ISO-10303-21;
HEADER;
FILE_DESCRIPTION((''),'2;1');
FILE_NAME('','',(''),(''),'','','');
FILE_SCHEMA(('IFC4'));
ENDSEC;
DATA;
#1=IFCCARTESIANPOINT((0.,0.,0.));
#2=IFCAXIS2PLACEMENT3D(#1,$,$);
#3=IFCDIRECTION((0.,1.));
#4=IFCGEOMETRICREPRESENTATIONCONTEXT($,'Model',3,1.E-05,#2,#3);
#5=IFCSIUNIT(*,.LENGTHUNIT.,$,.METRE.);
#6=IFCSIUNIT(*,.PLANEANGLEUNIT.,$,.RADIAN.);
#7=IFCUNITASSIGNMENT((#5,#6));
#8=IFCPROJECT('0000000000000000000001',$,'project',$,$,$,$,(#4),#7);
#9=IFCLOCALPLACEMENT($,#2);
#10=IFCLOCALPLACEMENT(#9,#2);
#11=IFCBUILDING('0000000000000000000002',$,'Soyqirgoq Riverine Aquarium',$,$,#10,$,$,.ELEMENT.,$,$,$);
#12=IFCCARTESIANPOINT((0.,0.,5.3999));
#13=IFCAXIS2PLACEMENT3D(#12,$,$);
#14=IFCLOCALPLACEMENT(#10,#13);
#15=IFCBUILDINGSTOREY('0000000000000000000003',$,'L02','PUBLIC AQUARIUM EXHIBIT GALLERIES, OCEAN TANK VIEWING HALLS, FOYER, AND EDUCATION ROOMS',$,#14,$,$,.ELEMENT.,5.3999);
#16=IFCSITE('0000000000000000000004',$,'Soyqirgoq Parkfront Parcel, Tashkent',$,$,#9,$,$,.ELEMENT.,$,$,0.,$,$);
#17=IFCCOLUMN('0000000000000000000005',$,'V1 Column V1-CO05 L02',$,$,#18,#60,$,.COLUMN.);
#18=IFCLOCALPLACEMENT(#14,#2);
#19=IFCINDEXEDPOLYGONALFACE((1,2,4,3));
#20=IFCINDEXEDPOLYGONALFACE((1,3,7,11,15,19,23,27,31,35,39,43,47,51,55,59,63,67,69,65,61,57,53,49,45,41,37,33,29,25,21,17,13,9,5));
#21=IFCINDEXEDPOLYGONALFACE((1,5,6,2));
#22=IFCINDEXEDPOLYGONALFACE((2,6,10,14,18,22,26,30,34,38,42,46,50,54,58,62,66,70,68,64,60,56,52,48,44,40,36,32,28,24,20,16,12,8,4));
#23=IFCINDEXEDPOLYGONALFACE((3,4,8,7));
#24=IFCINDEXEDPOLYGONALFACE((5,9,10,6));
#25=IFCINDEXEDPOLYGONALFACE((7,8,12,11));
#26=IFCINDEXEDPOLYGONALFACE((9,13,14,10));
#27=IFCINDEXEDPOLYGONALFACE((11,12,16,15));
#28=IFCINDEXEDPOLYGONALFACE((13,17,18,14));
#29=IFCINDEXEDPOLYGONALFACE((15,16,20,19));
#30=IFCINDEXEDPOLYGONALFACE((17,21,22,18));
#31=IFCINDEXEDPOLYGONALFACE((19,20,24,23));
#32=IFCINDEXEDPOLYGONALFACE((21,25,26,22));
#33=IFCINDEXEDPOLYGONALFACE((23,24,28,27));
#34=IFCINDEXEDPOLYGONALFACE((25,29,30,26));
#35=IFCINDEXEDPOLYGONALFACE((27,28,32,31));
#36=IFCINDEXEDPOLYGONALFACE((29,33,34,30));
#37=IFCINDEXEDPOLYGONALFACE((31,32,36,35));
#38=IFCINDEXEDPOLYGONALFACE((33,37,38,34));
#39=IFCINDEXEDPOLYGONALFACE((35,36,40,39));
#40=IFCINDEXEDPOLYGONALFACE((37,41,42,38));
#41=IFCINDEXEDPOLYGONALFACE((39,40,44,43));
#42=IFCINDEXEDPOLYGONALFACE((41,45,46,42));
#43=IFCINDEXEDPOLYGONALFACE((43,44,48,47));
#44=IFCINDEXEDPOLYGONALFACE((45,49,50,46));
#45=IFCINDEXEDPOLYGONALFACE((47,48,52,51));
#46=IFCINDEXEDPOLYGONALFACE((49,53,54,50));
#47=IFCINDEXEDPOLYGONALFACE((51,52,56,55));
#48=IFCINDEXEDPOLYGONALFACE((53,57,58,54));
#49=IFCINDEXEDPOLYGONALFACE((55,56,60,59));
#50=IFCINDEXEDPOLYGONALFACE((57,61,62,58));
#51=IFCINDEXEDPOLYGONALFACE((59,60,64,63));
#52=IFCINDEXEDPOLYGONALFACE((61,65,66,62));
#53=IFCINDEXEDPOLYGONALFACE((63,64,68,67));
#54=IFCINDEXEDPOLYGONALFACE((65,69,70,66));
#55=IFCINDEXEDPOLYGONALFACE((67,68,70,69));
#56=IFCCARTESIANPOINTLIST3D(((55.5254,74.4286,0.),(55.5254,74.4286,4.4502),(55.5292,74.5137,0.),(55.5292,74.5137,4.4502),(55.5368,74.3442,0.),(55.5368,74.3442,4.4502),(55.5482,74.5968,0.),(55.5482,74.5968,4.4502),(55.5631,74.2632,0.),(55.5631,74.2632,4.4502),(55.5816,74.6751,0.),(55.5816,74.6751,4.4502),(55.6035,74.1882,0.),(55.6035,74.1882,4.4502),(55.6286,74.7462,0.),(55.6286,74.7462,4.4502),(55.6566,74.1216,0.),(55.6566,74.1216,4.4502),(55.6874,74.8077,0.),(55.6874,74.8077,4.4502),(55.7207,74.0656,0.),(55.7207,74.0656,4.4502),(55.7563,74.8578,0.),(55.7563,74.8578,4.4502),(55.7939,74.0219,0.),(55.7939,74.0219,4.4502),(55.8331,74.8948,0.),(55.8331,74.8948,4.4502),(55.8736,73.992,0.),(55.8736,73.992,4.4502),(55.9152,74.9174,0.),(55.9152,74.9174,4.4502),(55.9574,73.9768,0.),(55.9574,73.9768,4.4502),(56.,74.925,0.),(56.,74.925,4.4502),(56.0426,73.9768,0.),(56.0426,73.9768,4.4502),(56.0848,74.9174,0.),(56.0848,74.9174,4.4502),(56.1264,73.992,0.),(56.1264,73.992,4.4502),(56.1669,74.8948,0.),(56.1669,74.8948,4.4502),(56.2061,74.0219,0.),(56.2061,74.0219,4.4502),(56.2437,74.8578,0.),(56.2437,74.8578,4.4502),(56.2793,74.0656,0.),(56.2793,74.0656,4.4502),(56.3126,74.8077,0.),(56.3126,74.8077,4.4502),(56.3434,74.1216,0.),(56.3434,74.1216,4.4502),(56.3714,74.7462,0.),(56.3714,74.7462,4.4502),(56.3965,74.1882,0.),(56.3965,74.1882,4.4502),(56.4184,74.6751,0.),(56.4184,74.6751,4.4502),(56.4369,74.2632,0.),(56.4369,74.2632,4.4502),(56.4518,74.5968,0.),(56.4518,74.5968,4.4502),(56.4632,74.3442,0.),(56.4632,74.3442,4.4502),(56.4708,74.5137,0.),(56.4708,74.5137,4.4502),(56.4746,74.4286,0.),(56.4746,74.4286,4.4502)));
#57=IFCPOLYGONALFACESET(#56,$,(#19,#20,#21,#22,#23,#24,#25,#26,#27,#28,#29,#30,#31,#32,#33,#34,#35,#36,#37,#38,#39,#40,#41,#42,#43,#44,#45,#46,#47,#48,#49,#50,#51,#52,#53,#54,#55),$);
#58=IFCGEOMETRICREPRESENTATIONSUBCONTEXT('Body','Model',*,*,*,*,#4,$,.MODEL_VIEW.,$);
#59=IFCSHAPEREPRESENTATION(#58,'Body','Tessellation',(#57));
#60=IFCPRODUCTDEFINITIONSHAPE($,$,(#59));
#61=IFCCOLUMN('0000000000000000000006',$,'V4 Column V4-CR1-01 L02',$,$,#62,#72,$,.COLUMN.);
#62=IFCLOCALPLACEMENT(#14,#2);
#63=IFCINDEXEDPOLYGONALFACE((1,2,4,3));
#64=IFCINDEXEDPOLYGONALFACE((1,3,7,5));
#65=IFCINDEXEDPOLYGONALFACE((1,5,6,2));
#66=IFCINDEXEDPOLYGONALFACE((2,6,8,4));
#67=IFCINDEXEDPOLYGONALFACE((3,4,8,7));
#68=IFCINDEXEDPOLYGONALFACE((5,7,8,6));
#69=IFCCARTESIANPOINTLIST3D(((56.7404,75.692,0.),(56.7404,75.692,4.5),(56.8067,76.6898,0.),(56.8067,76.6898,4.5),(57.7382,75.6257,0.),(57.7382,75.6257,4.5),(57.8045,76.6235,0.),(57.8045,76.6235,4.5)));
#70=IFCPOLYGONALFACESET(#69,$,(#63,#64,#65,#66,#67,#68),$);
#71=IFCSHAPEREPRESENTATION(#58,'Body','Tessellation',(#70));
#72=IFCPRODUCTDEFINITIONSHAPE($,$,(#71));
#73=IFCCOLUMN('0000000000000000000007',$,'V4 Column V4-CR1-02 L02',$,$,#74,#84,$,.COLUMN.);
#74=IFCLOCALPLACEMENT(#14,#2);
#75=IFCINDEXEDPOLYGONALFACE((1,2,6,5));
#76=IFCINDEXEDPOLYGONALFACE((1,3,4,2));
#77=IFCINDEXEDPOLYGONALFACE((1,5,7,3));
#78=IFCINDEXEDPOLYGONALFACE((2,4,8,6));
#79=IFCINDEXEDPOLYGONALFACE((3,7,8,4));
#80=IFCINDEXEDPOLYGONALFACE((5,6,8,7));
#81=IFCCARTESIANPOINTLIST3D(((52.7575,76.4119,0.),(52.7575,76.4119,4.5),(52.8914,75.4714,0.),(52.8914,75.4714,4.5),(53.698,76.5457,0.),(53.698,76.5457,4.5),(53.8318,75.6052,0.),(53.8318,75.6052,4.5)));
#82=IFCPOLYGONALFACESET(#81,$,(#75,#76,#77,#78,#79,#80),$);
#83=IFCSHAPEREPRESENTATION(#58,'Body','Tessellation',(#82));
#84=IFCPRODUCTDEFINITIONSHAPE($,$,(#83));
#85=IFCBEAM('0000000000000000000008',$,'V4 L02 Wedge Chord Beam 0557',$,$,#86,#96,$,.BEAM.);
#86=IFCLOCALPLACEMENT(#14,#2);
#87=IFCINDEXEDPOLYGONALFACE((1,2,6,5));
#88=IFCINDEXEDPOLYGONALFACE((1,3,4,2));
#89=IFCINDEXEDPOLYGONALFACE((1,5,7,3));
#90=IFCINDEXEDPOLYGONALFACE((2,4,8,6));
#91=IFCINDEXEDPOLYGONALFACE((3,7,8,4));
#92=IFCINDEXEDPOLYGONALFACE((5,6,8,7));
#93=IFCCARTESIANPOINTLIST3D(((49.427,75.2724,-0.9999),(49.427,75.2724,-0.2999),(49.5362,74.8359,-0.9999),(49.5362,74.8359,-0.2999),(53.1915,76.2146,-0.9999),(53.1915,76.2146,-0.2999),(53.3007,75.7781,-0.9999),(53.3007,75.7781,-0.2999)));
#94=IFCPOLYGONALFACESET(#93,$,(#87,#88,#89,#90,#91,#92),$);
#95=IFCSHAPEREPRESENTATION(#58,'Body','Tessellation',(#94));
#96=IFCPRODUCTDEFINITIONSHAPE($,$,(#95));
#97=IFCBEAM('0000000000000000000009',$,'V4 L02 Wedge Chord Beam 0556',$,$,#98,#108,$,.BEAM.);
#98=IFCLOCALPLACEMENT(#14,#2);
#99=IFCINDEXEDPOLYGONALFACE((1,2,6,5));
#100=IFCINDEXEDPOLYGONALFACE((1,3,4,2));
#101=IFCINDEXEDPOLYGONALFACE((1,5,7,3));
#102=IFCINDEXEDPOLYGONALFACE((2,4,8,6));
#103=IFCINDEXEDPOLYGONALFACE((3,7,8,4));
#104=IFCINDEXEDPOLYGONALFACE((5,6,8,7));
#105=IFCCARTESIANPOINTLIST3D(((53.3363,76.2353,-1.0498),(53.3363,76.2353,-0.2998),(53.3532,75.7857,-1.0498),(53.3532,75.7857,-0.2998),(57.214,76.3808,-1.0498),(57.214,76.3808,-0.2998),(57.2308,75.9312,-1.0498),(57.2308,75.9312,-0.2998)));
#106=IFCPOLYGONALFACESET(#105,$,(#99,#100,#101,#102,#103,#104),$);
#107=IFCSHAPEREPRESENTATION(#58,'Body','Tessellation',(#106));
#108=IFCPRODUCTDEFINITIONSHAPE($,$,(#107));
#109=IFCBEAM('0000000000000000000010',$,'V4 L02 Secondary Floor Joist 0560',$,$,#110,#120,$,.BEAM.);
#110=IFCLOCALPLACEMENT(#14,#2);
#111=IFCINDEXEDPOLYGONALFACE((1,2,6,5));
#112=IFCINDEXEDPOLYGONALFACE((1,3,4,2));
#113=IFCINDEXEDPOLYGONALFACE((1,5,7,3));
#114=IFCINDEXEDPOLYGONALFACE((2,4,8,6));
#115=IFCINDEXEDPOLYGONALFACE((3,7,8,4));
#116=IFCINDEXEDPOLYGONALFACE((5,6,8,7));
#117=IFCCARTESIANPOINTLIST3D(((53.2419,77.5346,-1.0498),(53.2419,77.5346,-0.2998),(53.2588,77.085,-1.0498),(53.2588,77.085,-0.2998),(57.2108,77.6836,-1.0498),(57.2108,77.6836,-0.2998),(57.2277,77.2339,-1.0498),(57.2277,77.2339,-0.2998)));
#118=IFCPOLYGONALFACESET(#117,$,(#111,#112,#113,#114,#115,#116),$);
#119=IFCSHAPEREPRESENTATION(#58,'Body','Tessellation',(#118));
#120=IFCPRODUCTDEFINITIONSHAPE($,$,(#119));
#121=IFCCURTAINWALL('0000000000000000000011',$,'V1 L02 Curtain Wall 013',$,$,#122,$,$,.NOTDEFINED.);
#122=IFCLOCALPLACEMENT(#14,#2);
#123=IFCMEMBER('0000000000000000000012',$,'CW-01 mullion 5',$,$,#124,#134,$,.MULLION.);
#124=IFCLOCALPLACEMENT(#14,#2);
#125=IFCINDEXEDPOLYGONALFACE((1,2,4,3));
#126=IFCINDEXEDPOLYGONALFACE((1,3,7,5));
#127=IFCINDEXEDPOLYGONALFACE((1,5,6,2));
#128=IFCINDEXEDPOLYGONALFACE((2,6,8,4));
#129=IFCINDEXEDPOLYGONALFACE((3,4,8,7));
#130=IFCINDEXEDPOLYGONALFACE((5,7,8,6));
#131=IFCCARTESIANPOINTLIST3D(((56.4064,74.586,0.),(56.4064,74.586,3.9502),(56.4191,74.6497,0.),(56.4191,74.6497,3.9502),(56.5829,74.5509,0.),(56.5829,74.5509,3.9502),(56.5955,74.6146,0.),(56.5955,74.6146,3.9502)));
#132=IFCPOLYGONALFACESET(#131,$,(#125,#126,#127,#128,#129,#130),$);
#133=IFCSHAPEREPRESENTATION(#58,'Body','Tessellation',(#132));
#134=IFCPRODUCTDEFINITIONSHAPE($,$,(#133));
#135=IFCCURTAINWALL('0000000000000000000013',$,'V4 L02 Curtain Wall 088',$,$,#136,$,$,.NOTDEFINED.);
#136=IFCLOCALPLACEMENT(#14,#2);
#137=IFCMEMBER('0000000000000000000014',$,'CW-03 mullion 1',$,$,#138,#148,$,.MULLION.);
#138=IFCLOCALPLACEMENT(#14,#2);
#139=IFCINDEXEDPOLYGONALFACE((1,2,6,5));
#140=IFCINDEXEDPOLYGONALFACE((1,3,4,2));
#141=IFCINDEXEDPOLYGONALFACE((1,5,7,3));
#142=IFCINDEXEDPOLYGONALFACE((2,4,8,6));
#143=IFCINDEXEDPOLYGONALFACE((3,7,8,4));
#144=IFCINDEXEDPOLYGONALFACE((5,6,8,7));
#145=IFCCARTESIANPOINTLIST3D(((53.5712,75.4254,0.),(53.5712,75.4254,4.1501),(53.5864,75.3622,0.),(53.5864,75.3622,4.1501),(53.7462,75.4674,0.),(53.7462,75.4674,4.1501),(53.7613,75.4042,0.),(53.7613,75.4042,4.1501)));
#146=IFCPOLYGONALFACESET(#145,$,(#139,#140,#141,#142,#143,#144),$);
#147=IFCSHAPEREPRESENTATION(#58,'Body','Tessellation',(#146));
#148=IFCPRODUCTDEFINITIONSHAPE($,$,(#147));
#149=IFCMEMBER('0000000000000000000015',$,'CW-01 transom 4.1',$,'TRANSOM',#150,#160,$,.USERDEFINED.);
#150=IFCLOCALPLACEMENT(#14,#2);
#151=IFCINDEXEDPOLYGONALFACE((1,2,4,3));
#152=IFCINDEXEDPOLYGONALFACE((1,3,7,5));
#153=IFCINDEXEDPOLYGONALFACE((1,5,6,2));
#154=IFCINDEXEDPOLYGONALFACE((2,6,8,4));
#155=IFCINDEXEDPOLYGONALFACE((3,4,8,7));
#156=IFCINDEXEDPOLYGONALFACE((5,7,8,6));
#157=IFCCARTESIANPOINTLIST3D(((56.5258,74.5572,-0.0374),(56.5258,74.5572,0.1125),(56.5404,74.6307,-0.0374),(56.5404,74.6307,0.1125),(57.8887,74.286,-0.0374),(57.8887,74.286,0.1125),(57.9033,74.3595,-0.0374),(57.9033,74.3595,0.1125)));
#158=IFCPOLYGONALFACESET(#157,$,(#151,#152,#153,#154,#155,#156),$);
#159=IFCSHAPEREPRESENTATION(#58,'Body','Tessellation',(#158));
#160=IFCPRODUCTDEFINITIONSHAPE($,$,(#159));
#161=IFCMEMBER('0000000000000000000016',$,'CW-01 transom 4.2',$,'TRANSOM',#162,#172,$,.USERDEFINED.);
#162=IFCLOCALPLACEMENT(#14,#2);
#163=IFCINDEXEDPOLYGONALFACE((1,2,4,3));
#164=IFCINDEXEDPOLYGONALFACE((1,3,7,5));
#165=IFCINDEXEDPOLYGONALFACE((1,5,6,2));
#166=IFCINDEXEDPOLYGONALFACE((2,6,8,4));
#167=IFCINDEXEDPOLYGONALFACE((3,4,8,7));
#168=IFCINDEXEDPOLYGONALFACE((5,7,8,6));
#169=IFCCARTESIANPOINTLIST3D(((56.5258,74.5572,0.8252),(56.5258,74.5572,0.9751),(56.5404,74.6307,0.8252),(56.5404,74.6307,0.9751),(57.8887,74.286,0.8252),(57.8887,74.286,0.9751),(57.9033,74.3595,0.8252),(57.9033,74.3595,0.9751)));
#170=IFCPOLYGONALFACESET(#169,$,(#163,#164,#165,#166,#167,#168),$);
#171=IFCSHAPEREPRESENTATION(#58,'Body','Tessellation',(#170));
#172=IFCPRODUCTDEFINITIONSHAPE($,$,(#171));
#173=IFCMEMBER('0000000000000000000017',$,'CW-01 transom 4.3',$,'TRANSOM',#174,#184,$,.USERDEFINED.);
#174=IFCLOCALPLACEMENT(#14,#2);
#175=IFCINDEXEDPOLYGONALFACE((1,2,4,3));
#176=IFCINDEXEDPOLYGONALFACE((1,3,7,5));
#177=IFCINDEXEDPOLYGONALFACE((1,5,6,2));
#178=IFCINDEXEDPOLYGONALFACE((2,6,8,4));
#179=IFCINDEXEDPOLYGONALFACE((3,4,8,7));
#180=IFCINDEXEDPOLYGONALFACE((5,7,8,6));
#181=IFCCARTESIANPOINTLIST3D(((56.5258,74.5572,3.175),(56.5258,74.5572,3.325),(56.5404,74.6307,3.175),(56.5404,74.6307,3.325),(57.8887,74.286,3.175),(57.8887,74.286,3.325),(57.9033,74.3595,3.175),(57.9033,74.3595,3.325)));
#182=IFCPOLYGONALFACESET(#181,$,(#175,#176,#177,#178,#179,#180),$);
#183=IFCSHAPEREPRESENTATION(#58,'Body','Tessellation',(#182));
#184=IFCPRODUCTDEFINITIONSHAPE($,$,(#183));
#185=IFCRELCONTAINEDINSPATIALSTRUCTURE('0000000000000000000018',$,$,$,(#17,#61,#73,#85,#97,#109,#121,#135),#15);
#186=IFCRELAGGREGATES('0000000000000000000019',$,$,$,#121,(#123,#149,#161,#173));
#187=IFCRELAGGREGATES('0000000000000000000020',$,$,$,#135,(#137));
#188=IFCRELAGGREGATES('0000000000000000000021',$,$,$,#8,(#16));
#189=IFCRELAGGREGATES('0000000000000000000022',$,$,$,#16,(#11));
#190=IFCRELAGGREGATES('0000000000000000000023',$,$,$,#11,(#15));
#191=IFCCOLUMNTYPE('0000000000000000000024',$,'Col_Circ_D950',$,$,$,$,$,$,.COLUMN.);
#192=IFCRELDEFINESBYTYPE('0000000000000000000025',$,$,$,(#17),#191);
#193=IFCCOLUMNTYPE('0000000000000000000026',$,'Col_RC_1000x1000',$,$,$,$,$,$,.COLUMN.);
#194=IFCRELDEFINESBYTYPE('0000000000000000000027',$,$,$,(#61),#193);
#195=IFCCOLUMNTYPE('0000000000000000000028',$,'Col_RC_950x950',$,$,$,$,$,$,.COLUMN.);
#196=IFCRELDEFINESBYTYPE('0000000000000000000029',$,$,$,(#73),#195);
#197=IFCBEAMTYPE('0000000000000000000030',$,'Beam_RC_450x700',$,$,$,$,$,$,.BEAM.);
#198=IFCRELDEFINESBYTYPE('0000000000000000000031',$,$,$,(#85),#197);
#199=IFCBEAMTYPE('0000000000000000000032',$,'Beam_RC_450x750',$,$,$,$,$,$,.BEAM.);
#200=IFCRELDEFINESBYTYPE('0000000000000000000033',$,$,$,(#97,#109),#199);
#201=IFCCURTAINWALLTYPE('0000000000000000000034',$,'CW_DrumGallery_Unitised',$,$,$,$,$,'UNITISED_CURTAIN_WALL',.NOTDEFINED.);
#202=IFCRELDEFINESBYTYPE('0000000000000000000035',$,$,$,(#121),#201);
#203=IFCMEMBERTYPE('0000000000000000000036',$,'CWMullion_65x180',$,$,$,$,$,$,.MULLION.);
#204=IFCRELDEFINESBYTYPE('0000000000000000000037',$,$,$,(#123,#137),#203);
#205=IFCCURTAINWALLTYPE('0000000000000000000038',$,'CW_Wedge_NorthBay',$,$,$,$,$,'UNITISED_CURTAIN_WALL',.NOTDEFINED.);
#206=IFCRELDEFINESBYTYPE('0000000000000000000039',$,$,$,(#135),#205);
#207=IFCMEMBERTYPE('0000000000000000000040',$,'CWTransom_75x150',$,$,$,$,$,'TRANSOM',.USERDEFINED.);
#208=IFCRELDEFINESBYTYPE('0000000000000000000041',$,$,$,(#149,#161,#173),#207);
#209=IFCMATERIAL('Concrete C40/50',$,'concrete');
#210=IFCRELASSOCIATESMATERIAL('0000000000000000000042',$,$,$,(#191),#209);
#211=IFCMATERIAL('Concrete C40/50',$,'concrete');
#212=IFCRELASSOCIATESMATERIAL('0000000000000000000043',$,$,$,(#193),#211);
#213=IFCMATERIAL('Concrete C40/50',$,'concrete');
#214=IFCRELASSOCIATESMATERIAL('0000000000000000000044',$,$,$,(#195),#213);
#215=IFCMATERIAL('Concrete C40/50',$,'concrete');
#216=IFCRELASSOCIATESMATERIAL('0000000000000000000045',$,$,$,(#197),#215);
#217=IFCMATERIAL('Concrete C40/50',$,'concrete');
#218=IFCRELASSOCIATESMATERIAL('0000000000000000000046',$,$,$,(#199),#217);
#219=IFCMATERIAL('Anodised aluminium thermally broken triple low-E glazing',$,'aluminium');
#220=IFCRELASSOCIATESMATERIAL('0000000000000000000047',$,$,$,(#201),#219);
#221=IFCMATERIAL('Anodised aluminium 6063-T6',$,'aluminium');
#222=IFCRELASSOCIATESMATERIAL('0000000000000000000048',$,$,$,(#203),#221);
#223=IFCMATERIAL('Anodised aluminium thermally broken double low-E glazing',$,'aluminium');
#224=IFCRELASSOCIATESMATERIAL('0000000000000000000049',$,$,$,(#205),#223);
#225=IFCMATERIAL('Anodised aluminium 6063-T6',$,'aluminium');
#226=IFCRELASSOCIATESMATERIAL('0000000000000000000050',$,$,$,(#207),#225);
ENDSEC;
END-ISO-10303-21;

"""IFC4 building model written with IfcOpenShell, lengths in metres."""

from ifc_helpers import new_model, si_unit, direction, frame, origin, origin_2d, place, context, subcontext, project, spatial, rectangle, circle, extrude, material, material_profile, profile_set, type_object, element, aggregate, save


model = new_model("IFC4")

# Units and contexts
model_context = context("Model", 3, precision=1e-05, world=origin(), true_north=direction((0.0, 1.0)))
body_context = subcontext(model_context, "Body", "Model", "MODEL_VIEW")
ifc_project = project(units=[si_unit("LENGTHUNIT", "METRE"), si_unit("PLANEANGLEUNIT", "RADIAN")], contexts=[model_context])

# Site, building, storey
site_placement = place(None, origin())
site = spatial("IfcSite", under=ifc_project, at=site_placement, Name="Soyqirgoq Parkfront Parcel, Tashkent", CompositionType="ELEMENT", RefElevation=0.0)
building_placement = place(site_placement, origin())
building = spatial("IfcBuilding", under=site, at=building_placement, Name="Soyqirgoq Riverine Aquarium", CompositionType="ELEMENT")
storey_placement = place(building_placement, frame((0.0, 0.0, 5.3999)))
storey = spatial("IfcBuildingStorey", under=building, at=storey_placement, Name="L02", Description="PUBLIC AQUARIUM EXHIBIT GALLERIES, OCEAN TANK VIEWING HALLS, FOYER, AND EDUCATION ROOMS", CompositionType="ELEMENT", Elevation=5.3999)

# Columns
ifc_material_1 = material(Name="Concrete C40/50", Category="concrete")
ifc_material_profile_1 = material_profile(ifc_material_1, circle(Radius=0.4751, at=origin_2d()), Name="RC-COL D950")
ifc_profile_set_1 = profile_set([ifc_material_profile_1], Name="Concrete C40/50")
column_type_1 = type_object("IfcColumnType", Name="Col_Circ_D950", PredefinedType="COLUMN", material=ifc_profile_set_1)
column_1_placement = place(storey_placement, frame((56.0, 74.45, 0.0), z_axis=(0.0, 0.0, 1.0), x_axis=(0.0, 1.0, 0.0)))
element("IfcColumn", 1, at=column_1_placement, inside=storey, type_object=column_type_1, Name="V1 Column V1-CO05 L02", PredefinedType="COLUMN", context=body_context, shape_type="SweptSolid", body=[
    extrude(circle(Radius=0.4751, at=origin_2d()), origin(), (0.0, 0.0, 1.0), 4.4502),
])
ifc_material_2 = material(Name="Concrete C40/50", Category="concrete")
ifc_material_profile_2 = material_profile(ifc_material_2, rectangle(XDim=1.0, YDim=1.0, at=origin_2d()), Name="RC 1000x1000")
ifc_profile_set_2 = profile_set([ifc_material_profile_2], Name="Concrete C40/50")
column_type_2 = type_object("IfcColumnType", Name="Col_RC_1000x1000", PredefinedType="COLUMN", material=ifc_profile_set_2)
column_2_placement = place(storey_placement, frame((57.2725, 76.1577, 0.0), z_axis=(0.0, 0.0, 1.0), x_axis=(0.066274, 0.997801, 0.0)))
element("IfcColumn", 2, at=column_2_placement, inside=storey, type_object=column_type_2, Name="V4 Column V4-CR1-01 L02", PredefinedType="COLUMN", context=body_context, shape_type="SweptSolid", body=[
    extrude(rectangle(XDim=1.0, YDim=1.0, at=origin_2d()), origin(), (0.0, 0.0, 1.0), 4.5),
])
ifc_material_3 = material(Name="Concrete C40/50", Category="concrete")
ifc_material_profile_3 = material_profile(ifc_material_3, rectangle(XDim=0.95, YDim=0.95, at=origin_2d()), Name="RC 950x950")
ifc_profile_set_3 = profile_set([ifc_material_profile_3], Name="Concrete C40/50")
column_type_3 = type_object("IfcColumnType", Name="Col_RC_950x950", PredefinedType="COLUMN", material=ifc_profile_set_3)
column_3_placement = place(storey_placement, frame((53.2947, 76.0085, 0.0), z_axis=(0.0, 0.0, 1.0), x_axis=(-0.140901, 0.990024, 0.0)))
element("IfcColumn", 3, at=column_3_placement, inside=storey, type_object=column_type_3, Name="V4 Column V4-CR1-02 L02", PredefinedType="COLUMN", context=body_context, shape_type="SweptSolid", body=[
    extrude(rectangle(XDim=0.95, YDim=0.95, at=origin_2d()), origin(), (0.0, 0.0, 1.0), 4.5),
])

# Beams
ifc_material_4 = material(Name="Concrete C40/50", Category="concrete")
ifc_material_profile_4 = material_profile(ifc_material_4, rectangle(XDim=0.45, YDim=0.7, at=origin_2d()), Name="RC 450x700")
ifc_profile_set_4 = profile_set([ifc_material_profile_4], Name="Concrete C40/50")
beam_type_1 = type_object("IfcBeamType", Name="Beam_RC_450x700", PredefinedType="BEAM", material=ifc_profile_set_4)
beam_1_placement = place(storey_placement, frame((53.2461, 75.9963, -0.6499), z_axis=(-0.97008, -0.242787, 0.0), x_axis=(0.242787, -0.97008, 0.0)))
element("IfcBeam", 4, at=beam_1_placement, inside=storey, type_object=beam_type_1, Name="V4 L02 Wedge Chord Beam 0557", PredefinedType="BEAM", context=body_context, shape_type="SweptSolid", body=[
    extrude(rectangle(XDim=0.45, YDim=0.7, at=origin_2d()), origin(), (0.0, 0.0, 1.0), 3.8806),
])
ifc_material_5 = material(Name="Concrete C40/50", Category="concrete")
ifc_material_profile_5 = material_profile(ifc_material_5, rectangle(XDim=0.45, YDim=0.75, at=origin_2d()), Name="RC 450x750")
ifc_profile_set_5 = profile_set([ifc_material_profile_5], Name="Concrete C40/50")
beam_type_2 = type_object("IfcBeamType", Name="Beam_RC_450x750", PredefinedType="BEAM", material=ifc_profile_set_5)
beam_2_placement = place(storey_placement, frame((57.2224, 76.156, -0.6748), z_axis=(-0.999297, -0.037498, 0.0), x_axis=(0.037498, -0.999297, 0.0)))
element("IfcBeam", 5, at=beam_2_placement, inside=storey, type_object=beam_type_2, Name="V4 L02 Wedge Chord Beam 0556", PredefinedType="BEAM", context=body_context, shape_type="SweptSolid", body=[
    extrude(rectangle(XDim=0.45, YDim=0.75, at=origin_2d()), origin(), (0.0, 0.0, 1.0), 3.8804),
])
beam_3_placement = place(storey_placement, frame((57.2192, 77.4587, -0.6748), z_axis=(-0.999297, -0.037496, 0.0), x_axis=(0.037496, -0.999297, 0.0)))
element("IfcBeam", 6, at=beam_3_placement, inside=storey, type_object=beam_type_2, Name="V4 L02 Secondary Floor Joist 0560", PredefinedType="BEAM", context=body_context, shape_type="SweptSolid", body=[
    extrude(rectangle(XDim=0.45, YDim=0.75, at=origin_2d()), origin(), (0.0, 0.0, 1.0), 3.9717),
])

# Curtain walls, members
ifc_material_6 = material(Name="Anodised aluminium thermally broken triple low-E glazing", Category="aluminium")
curtain_wall_type_1 = type_object("IfcCurtainWallType", Name="CW_DrumGallery_Unitised", ElementType="UNITISED_CURTAIN_WALL", PredefinedType="NOTDEFINED", material=ifc_material_6)
curtain_wall_1_placement = place(storey_placement, origin())
curtain_wall_1 = element("IfcCurtainWall", 7, at=curtain_wall_1_placement, inside=storey, type_object=curtain_wall_type_1, Name="V1 L02 Curtain Wall 013", PredefinedType="NOTDEFINED")
ifc_material_7 = material(Name="Anodised aluminium 6063-T6", Category="aluminium")
ifc_material_profile_6 = material_profile(ifc_material_7, rectangle(XDim=0.0649, YDim=0.1799, at=origin_2d()), Name="ALU-M 65x180")
ifc_profile_set_6 = profile_set([ifc_material_profile_6], Name="Anodised aluminium 6063-T6")
member_type_1 = type_object("IfcMemberType", Name="CWMullion_65x180", PredefinedType="MULLION", material=ifc_profile_set_6)
member_1_placement = place(storey_placement, frame((56.501, 74.6003, 0.0), z_axis=(0.0, 0.0, 1.0), x_axis=(-0.195088, -0.980786, 0.0)))
member_1 = element("IfcMember", 8, at=member_1_placement, type_object=member_type_1, Name="CW-01 mullion 5", PredefinedType="MULLION", context=body_context, shape_type="SweptSolid", body=[
    extrude(rectangle(XDim=0.0649, YDim=0.1799, at=origin_2d()), origin(), (0.0, 0.0, 1.0), 3.9502),
])
ifc_material_8 = material(Name="Anodised aluminium thermally broken double low-E glazing", Category="aluminium")
curtain_wall_type_2 = type_object("IfcCurtainWallType", Name="CW_Wedge_NorthBay", ElementType="UNITISED_CURTAIN_WALL", PredefinedType="NOTDEFINED", material=ifc_material_8)
curtain_wall_2_placement = place(storey_placement, origin())
curtain_wall_2 = element("IfcCurtainWall", 9, at=curtain_wall_2_placement, inside=storey, type_object=curtain_wall_type_2, Name="V4 L02 Curtain Wall 088", PredefinedType="NOTDEFINED")
member_2_placement = place(storey_placement, frame((53.6663, 75.4148, 0.0), z_axis=(0.0, 0.0, 1.0), x_axis=(0.233443, -0.972371, 0.0)))
member_2 = element("IfcMember", 10, at=member_2_placement, type_object=member_type_1, Name="CW-03 mullion 1", PredefinedType="MULLION", context=body_context, shape_type="SweptSolid", body=[
    extrude(rectangle(XDim=0.0649, YDim=0.1799, at=origin_2d()), origin(), (0.0, 0.0, 1.0), 4.1501),
])

# Members
ifc_material_9 = material(Name="Anodised aluminium 6063-T6", Category="aluminium")
ifc_material_profile_7 = material_profile(ifc_material_9, rectangle(XDim=0.075, YDim=0.1499, at=origin_2d()), Name="ALU-T 75x150")
ifc_profile_set_7 = profile_set([ifc_material_profile_7], Name="Anodised aluminium 6063-T6")
member_type_2 = type_object("IfcMemberType", Name="CWTransom_75x150", ElementType="TRANSOM", PredefinedType="USERDEFINED", material=ifc_profile_set_7)
member_3_placement = place(storey_placement, frame((57.896, 74.3228, 0.0376), z_axis=(-0.980769, 0.19517, 0.0), x_axis=(-0.19517, -0.980769, 0.0)))
member_3 = element("IfcMember", 11, at=member_3_placement, type_object=member_type_2, Name="CW-01 transom 4.1", ObjectType="TRANSOM", PredefinedType="USERDEFINED", context=body_context, shape_type="SweptSolid", body=[
    extrude(rectangle(XDim=0.075, YDim=0.1499, at=origin_2d()), origin(), (0.0, 0.0, 1.0), 1.3896),
])
member_4_placement = place(storey_placement, frame((57.896, 74.3228, 0.9001), z_axis=(-0.980769, 0.19517, 0.0), x_axis=(-0.19517, -0.980769, 0.0)))
member_4 = element("IfcMember", 12, at=member_4_placement, type_object=member_type_2, Name="CW-01 transom 4.2", ObjectType="TRANSOM", PredefinedType="USERDEFINED", context=body_context, shape_type="SweptSolid", body=[
    extrude(rectangle(XDim=0.075, YDim=0.1499, at=origin_2d()), origin(), (0.0, 0.0, 1.0), 1.3896),
])
member_5_placement = place(storey_placement, frame((57.896, 74.3228, 3.25), z_axis=(-0.980769, 0.19517, 0.0), x_axis=(-0.19517, -0.980769, 0.0)))
member_5 = element("IfcMember", 13, at=member_5_placement, type_object=member_type_2, Name="CW-01 transom 4.3", ObjectType="TRANSOM", PredefinedType="USERDEFINED", context=body_context, shape_type="SweptSolid", body=[
    extrude(rectangle(XDim=0.075, YDim=0.1499, at=origin_2d()), origin(), (0.0, 0.0, 1.0), 1.3896),
])

aggregate(curtain_wall_1, [member_1, member_3, member_4, member_5])
aggregate(curtain_wall_2, [member_2])

save(model, "model.ifc")
